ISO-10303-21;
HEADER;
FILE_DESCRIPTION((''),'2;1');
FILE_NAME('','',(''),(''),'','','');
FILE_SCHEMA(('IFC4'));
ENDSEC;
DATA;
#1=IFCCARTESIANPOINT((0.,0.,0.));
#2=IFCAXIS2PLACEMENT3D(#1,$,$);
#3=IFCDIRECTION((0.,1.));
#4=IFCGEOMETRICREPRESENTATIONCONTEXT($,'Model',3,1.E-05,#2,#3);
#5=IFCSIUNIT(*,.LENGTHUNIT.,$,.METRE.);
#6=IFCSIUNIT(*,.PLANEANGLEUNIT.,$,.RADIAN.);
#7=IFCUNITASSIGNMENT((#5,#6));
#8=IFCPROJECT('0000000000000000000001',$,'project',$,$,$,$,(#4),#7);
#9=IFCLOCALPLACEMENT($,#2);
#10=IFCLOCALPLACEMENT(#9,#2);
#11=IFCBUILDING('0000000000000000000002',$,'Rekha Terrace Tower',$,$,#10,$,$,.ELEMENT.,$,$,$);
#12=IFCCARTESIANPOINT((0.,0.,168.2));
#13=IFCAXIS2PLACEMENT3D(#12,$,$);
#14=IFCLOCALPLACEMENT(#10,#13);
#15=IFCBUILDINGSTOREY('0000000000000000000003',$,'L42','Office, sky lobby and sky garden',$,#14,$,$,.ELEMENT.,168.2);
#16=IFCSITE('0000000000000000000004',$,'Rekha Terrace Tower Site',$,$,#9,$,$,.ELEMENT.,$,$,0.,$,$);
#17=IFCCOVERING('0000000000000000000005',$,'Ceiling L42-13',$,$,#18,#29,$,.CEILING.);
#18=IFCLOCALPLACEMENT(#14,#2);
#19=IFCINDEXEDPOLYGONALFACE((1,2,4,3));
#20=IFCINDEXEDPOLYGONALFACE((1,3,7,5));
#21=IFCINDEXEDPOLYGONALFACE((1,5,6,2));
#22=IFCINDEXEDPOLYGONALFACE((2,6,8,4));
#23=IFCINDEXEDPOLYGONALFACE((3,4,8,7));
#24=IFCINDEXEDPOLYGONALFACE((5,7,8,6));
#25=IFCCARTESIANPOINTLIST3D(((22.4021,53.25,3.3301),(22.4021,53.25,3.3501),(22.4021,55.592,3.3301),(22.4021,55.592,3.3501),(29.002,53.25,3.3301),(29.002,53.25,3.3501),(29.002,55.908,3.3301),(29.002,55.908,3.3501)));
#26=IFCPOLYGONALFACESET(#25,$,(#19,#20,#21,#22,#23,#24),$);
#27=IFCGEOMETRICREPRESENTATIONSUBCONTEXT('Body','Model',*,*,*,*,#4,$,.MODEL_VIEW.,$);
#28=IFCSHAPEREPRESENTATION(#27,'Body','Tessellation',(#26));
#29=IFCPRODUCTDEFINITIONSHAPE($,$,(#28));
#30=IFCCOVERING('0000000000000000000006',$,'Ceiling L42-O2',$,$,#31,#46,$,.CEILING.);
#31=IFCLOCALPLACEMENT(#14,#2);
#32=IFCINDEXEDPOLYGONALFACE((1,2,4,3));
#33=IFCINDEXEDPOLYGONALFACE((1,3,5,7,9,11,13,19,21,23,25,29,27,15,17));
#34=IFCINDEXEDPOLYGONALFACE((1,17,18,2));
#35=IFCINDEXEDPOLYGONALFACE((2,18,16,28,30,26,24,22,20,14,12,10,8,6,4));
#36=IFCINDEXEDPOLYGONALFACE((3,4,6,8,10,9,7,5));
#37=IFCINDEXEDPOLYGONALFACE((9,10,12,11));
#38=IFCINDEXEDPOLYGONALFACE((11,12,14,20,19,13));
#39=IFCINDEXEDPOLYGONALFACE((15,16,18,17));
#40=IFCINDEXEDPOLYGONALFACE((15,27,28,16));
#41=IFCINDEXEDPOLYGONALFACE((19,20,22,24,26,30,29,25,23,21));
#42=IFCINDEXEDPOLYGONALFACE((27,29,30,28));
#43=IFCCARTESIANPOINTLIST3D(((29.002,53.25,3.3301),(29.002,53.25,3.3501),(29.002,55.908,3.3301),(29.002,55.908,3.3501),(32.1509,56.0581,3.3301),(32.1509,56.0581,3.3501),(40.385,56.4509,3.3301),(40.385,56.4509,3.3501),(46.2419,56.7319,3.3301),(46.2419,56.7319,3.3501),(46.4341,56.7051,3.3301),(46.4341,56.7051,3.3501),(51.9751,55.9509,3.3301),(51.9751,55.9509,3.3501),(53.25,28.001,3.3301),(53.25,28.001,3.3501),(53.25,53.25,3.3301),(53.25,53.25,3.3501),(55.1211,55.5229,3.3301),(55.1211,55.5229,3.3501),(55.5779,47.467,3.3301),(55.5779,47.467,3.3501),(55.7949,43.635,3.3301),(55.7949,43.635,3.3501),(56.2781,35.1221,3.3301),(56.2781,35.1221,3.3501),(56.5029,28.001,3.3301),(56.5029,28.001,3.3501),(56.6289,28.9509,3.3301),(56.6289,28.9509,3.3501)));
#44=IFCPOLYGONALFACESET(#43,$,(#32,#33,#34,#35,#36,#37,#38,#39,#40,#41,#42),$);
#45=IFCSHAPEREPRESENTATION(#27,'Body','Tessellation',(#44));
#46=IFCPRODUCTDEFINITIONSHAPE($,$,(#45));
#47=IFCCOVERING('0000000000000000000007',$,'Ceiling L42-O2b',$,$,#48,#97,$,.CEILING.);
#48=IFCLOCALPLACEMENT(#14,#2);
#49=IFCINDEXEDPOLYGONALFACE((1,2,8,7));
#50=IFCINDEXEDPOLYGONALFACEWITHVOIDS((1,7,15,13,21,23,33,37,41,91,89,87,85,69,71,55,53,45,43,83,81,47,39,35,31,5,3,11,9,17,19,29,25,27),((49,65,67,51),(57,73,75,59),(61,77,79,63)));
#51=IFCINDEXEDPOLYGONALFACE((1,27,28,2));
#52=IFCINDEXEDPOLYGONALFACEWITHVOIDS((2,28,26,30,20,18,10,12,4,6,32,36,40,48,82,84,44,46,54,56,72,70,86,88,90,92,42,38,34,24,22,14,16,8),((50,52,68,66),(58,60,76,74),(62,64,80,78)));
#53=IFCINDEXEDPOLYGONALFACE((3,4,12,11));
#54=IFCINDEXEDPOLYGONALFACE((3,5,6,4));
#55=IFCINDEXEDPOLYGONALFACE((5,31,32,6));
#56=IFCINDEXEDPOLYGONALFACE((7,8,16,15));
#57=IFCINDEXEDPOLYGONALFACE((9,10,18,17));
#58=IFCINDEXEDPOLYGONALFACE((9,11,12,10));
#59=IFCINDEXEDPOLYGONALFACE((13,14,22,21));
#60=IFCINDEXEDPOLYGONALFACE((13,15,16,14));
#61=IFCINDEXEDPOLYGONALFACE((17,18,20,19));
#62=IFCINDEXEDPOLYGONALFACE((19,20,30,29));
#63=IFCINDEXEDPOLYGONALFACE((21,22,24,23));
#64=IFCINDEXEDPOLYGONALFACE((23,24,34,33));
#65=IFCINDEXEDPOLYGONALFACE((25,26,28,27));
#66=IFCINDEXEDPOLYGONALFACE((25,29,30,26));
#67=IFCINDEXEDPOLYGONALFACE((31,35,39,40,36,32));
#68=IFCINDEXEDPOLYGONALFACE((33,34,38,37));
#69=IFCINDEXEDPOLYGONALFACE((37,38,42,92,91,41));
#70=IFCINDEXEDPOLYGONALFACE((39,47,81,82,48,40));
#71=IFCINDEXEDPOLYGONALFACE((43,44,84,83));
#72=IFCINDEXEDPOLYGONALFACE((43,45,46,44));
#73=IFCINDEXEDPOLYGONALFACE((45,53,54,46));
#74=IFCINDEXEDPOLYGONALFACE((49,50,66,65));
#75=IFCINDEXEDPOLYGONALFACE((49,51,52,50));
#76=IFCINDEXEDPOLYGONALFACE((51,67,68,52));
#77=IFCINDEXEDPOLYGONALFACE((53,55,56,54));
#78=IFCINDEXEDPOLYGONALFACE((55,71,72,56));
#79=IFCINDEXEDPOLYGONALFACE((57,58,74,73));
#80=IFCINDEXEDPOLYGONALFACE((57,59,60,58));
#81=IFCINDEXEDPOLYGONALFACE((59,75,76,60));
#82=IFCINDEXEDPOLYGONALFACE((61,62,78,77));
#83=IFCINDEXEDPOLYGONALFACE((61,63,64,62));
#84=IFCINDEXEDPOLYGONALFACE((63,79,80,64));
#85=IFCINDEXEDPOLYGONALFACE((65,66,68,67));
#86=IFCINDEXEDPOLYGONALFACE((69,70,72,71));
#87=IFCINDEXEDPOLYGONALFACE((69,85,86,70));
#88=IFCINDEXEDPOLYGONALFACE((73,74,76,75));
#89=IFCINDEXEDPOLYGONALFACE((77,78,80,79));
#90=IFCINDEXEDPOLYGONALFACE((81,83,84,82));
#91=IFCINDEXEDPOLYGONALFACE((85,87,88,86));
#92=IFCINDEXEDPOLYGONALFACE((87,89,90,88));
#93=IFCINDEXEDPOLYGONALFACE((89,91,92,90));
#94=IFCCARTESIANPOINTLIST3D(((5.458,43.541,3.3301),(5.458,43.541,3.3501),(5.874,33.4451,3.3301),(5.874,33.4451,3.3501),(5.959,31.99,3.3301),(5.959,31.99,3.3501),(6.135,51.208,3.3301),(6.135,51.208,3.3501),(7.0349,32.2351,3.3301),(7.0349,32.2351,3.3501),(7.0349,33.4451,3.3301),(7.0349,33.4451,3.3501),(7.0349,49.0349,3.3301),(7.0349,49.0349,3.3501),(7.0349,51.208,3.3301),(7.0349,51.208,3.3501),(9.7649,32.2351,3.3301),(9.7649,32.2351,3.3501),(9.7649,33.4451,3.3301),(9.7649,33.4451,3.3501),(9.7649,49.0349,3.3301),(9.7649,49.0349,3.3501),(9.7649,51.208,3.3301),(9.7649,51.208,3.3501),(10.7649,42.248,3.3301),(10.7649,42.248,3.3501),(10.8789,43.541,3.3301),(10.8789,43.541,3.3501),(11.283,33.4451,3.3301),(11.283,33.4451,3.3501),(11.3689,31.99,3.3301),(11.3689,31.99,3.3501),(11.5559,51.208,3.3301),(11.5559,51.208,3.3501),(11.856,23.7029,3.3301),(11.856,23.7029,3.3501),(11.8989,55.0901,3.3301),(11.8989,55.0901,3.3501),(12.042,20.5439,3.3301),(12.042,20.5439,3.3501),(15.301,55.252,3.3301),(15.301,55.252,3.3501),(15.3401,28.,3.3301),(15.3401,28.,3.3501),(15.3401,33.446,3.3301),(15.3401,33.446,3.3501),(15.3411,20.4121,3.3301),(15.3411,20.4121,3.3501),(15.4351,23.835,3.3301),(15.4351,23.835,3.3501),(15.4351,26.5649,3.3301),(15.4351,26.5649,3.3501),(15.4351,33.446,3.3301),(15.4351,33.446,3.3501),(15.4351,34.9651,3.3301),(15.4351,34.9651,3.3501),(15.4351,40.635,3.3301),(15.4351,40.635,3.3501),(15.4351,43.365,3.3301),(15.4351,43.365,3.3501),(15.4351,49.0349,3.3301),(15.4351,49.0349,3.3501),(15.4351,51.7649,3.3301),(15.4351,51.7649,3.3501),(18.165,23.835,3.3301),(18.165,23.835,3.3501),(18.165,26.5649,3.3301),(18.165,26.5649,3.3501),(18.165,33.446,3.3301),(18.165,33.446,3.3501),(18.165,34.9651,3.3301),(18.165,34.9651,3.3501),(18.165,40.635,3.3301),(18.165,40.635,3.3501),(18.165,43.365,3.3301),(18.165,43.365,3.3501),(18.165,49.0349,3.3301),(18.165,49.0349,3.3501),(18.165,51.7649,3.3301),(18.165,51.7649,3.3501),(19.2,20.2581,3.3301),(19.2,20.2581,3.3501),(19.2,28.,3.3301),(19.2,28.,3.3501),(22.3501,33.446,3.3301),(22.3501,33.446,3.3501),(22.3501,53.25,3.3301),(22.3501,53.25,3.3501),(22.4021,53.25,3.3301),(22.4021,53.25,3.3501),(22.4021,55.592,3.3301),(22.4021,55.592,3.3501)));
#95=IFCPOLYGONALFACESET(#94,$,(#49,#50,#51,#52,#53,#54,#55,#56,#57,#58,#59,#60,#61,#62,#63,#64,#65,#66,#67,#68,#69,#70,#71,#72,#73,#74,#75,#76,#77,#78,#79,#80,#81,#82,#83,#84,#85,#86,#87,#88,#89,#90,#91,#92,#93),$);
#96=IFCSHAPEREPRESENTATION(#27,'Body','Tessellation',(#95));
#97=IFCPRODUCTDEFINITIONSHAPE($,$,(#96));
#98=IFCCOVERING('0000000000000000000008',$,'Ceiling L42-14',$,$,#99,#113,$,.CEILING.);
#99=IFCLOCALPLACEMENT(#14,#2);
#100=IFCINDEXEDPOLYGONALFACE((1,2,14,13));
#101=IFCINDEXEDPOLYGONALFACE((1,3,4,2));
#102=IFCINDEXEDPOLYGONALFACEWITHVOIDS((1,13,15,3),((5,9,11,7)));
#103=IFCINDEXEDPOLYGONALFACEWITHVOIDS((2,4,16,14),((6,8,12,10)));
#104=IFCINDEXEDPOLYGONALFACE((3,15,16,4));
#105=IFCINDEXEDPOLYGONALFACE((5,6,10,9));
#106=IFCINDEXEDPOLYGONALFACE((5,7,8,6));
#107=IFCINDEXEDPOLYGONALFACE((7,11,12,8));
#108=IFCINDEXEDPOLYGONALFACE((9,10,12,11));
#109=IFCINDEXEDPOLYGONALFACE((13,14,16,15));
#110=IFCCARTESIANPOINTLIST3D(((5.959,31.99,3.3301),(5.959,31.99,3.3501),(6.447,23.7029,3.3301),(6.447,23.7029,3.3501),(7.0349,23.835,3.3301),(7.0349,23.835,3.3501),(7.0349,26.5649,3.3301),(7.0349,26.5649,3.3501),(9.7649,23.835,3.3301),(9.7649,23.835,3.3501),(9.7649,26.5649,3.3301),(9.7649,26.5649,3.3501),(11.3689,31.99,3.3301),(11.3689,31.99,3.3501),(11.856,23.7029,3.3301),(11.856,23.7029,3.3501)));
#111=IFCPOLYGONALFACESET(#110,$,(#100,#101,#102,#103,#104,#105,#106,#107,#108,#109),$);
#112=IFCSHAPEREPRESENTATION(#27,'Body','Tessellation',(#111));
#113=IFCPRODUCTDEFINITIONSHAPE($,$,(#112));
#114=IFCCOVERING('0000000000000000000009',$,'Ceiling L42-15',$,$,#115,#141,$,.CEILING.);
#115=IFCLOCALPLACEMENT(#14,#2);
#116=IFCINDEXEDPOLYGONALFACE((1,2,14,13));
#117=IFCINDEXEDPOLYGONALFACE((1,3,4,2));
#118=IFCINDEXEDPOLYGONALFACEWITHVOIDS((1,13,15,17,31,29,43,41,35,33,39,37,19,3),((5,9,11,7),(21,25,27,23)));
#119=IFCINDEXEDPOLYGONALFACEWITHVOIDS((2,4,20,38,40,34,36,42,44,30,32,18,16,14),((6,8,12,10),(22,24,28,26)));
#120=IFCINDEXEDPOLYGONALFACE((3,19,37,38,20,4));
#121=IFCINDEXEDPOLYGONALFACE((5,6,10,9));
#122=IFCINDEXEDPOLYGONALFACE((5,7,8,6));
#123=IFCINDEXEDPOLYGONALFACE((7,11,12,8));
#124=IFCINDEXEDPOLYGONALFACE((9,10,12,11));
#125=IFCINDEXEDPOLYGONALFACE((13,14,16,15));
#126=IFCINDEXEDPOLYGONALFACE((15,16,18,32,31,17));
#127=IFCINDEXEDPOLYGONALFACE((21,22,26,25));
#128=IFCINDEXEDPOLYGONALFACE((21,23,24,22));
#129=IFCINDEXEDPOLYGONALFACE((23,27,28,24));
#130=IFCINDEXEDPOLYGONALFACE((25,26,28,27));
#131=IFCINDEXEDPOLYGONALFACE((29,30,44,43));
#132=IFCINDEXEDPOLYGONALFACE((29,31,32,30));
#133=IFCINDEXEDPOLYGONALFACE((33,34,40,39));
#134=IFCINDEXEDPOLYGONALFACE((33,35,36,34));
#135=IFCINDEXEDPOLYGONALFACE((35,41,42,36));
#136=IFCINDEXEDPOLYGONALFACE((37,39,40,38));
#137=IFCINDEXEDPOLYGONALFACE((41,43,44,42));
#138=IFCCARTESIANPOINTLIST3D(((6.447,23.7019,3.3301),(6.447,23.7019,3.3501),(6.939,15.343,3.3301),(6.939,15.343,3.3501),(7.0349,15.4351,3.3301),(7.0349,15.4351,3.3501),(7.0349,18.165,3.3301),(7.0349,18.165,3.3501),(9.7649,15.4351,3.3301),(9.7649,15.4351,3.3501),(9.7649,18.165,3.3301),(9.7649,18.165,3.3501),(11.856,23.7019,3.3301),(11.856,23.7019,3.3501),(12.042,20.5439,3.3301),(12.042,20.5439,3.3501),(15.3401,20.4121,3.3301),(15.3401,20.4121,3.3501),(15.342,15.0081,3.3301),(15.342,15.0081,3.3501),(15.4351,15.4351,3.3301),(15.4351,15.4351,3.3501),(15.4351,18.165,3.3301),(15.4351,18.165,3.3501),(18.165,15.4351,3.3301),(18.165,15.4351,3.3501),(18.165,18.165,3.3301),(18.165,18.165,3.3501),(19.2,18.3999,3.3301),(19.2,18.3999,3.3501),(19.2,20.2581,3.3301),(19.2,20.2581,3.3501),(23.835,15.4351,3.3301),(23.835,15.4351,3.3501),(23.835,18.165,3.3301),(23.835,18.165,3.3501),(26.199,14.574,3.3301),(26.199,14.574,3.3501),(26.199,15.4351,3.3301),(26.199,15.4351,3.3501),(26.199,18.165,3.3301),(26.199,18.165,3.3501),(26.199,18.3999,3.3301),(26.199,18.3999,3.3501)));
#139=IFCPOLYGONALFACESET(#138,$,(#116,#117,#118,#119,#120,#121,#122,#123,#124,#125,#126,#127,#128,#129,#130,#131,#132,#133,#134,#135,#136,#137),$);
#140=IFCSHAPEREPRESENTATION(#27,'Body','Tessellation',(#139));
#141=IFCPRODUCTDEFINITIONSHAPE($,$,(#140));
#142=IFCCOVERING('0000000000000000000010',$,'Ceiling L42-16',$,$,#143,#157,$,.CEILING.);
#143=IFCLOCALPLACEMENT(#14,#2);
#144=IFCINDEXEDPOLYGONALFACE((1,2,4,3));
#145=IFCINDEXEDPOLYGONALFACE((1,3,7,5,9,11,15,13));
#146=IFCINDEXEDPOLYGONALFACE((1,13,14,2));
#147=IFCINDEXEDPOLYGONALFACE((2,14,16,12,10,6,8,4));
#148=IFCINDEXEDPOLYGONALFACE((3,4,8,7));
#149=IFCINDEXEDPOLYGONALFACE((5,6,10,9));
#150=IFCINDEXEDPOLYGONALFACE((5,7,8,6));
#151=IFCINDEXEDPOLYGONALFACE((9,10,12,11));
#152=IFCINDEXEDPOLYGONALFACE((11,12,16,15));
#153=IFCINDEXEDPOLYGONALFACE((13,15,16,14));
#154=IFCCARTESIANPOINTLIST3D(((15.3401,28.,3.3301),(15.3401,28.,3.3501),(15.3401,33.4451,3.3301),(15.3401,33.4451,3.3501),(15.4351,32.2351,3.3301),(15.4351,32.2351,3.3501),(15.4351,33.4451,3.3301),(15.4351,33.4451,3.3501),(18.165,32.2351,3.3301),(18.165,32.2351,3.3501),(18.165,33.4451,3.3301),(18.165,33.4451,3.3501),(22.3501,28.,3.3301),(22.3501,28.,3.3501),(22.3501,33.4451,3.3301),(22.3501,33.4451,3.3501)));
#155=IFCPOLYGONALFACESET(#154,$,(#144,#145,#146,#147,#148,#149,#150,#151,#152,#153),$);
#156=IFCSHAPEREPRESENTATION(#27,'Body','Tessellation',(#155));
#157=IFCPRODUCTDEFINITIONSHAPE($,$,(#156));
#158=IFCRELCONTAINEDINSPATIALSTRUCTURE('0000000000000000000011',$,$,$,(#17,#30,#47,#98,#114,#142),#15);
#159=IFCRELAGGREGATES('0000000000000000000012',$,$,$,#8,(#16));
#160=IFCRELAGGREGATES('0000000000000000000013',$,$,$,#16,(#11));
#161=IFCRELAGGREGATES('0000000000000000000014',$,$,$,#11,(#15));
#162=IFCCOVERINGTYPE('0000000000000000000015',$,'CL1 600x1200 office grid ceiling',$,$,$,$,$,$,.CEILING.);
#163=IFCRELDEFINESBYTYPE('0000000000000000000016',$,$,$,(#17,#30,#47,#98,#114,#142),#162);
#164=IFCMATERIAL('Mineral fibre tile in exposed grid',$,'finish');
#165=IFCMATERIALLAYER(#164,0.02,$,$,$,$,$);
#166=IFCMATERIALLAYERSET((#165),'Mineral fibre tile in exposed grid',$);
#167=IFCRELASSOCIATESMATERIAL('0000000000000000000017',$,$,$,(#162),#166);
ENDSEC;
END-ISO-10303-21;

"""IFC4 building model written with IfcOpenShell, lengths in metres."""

from ifc_helpers import new_model, si_unit, direction, frame, origin, place, context, subcontext, project, spatial, polyline, outline, extrude, material, layer, layer_set, type_object, element, save


model = new_model("IFC4")

# Units and contexts
model_context = context("Model", 3, precision=1e-05, world=origin(), true_north=direction((0.0, 1.0)))
body_context = subcontext(model_context, "Body", "Model", "MODEL_VIEW")
ifc_project = project(units=[si_unit("LENGTHUNIT", "METRE"), si_unit("PLANEANGLEUNIT", "RADIAN")], contexts=[model_context])

# Site, building, storey
site_placement = place(None, origin())
site = spatial("IfcSite", under=ifc_project, at=site_placement, Name="Rekha Terrace Tower Site", CompositionType="ELEMENT", RefElevation=0.0)
building_placement = place(site_placement, origin())
building = spatial("IfcBuilding", under=site, at=building_placement, Name="Rekha Terrace Tower", CompositionType="ELEMENT")
storey_placement = place(building_placement, frame((0.0, 0.0, 168.2)))
storey = spatial("IfcBuildingStorey", under=building, at=storey_placement, Name="L42", Description="Office, sky lobby and sky garden", CompositionType="ELEMENT", Elevation=168.2)

# Coverings
ifc_material_1 = material(Name="Mineral fibre tile in exposed grid", Category="finish")
ifc_layer_1 = layer(ifc_material_1, 0.02)
ifc_layer_set_1 = layer_set([ifc_layer_1], Name="Mineral fibre tile in exposed grid")
covering_type_1 = type_object("IfcCoveringType", Name="CL1 600x1200 office grid ceiling", PredefinedType="CEILING", material=ifc_layer_set_1)
covering_1_placement = place(storey_placement, frame((0.0, 0.0, 3.3301)))
element("IfcCovering", 1, at=covering_1_placement, inside=storey, type_object=covering_type_1, Name="Ceiling L42-13", PredefinedType="CEILING", context=body_context, shape_type="SweptSolid", body=[
    extrude(outline(polyline([(22.4021, 55.592), (22.4021, 53.25), (29.002, 53.25), (29.002, 55.908), (22.4021, 55.592)])), origin(), (0.0, 0.0, 1.0), 0.02),
])
covering_2_placement = place(storey_placement, frame((0.0, 0.0, 3.3301)))
element("IfcCovering", 2, at=covering_2_placement, inside=storey, type_object=covering_type_1, Name="Ceiling L42-O2", PredefinedType="CEILING", context=body_context, shape_type="SweptSolid", body=[
    extrude(outline(polyline([(40.385, 56.4509), (32.1509, 56.0581), (29.002, 55.908), (29.002, 53.25), (53.25, 53.25), (53.25, 28.001), (56.5029, 28.001), (56.6289, 28.9509), (56.2781, 35.1221), (55.7949, 43.635), (55.5779, 47.467), (55.1211, 55.5229), (51.9751, 55.9509), (46.4341, 56.7051), (46.2419, 56.7319), (40.385, 56.4509)])), origin(), (0.0, 0.0, 1.0), 0.02),
])
covering_3_placement = place(storey_placement, frame((0.0, 0.0, 3.3301)))
element("IfcCovering", 3, at=covering_3_placement, inside=storey, type_object=covering_type_1, Name="Ceiling L42-O2b", PredefinedType="CEILING", context=body_context, shape_type="SweptSolid", body=[
    extrude(outline(polyline([(11.3689, 31.99), (11.856, 23.7029), (12.042, 20.5439), (15.3411, 20.4121), (19.2, 20.2581), (19.2, 28.0), (15.3401, 28.0), (15.3401, 33.446), (15.4351, 33.446), (15.4351, 34.9651), (18.165, 34.9651), (18.165, 33.446), (22.3501, 33.446), (22.3501, 53.25), (22.4021, 53.25), (22.4021, 55.592), (15.301, 55.252), (11.8989, 55.0901), (11.5559, 51.208), (9.7649, 51.208), (9.7649, 49.0349), (7.0349, 49.0349), (7.0349, 51.208), (6.135, 51.208), (5.458, 43.541), (10.8789, 43.541), (10.7649, 42.248), (11.283, 33.4451), (9.7649, 33.4451), (9.7649, 32.2351), (7.0349, 32.2351), (7.0349, 33.4451), (5.874, 33.4451), (5.959, 31.99), (11.3689, 31.99)]), holes=[polyline([(18.165, 23.835), (15.4351, 23.835), (15.4351, 26.5649), (18.165, 26.5649), (18.165, 23.835)]), polyline([(18.165, 43.365), (18.165, 40.635), (15.4351, 40.635), (15.4351, 43.365), (18.165, 43.365)]), polyline([(18.165, 51.7649), (18.165, 49.0349), (15.4351, 49.0349), (15.4351, 51.7649), (18.165, 51.7649)])]), origin(), (0.0, 0.0, 1.0), 0.02),
])
covering_4_placement = place(storey_placement, frame((0.0, 0.0, 3.3301)))
element("IfcCovering", 4, at=covering_4_placement, inside=storey, type_object=covering_type_1, Name="Ceiling L42-14", PredefinedType="CEILING", context=body_context, shape_type="SweptSolid", body=[
    extrude(outline(polyline([(6.447, 23.7029), (11.856, 23.7029), (11.3689, 31.99), (5.959, 31.99), (6.447, 23.7029)]), holes=[polyline([(9.7649, 23.835), (7.0349, 23.835), (7.0349, 26.5649), (9.7649, 26.5649), (9.7649, 23.835)])]), origin(), (0.0, 0.0, 1.0), 0.02),
])
covering_5_placement = place(storey_placement, frame((0.0, 0.0, 3.3301)))
element("IfcCovering", 5, at=covering_5_placement, inside=storey, type_object=covering_type_1, Name="Ceiling L42-15", PredefinedType="CEILING", context=body_context, shape_type="SweptSolid", body=[
    extrude(outline(polyline([(12.042, 20.5439), (11.856, 23.7019), (6.447, 23.7019), (6.939, 15.343), (15.342, 15.0081), (26.199, 14.574), (26.199, 15.4351), (23.835, 15.4351), (23.835, 18.165), (26.199, 18.165), (26.199, 18.3999), (19.2, 18.3999), (19.2, 20.2581), (15.3401, 20.4121), (12.042, 20.5439)]), holes=[polyline([(18.165, 18.165), (18.165, 15.4351), (15.4351, 15.4351), (15.4351, 18.165), (18.165, 18.165)]), polyline([(9.7649, 18.165), (9.7649, 15.4351), (7.0349, 15.4351), (7.0349, 18.165), (9.7649, 18.165)])]), origin(), (0.0, 0.0, 1.0), 0.02),
])
covering_6_placement = place(storey_placement, frame((0.0, 0.0, 3.3301)))
element("IfcCovering", 6, at=covering_6_placement, inside=storey, type_object=covering_type_1, Name="Ceiling L42-16", PredefinedType="CEILING", context=body_context, shape_type="SweptSolid", body=[
    extrude(outline(polyline([(15.3401, 33.4451), (15.3401, 28.0), (22.3501, 28.0), (22.3501, 33.4451), (18.165, 33.4451), (18.165, 32.2351), (15.4351, 32.2351), (15.4351, 33.4451), (15.3401, 33.4451)])), origin(), (0.0, 0.0, 1.0), 0.02),
])

save(model, "model.ifc")
